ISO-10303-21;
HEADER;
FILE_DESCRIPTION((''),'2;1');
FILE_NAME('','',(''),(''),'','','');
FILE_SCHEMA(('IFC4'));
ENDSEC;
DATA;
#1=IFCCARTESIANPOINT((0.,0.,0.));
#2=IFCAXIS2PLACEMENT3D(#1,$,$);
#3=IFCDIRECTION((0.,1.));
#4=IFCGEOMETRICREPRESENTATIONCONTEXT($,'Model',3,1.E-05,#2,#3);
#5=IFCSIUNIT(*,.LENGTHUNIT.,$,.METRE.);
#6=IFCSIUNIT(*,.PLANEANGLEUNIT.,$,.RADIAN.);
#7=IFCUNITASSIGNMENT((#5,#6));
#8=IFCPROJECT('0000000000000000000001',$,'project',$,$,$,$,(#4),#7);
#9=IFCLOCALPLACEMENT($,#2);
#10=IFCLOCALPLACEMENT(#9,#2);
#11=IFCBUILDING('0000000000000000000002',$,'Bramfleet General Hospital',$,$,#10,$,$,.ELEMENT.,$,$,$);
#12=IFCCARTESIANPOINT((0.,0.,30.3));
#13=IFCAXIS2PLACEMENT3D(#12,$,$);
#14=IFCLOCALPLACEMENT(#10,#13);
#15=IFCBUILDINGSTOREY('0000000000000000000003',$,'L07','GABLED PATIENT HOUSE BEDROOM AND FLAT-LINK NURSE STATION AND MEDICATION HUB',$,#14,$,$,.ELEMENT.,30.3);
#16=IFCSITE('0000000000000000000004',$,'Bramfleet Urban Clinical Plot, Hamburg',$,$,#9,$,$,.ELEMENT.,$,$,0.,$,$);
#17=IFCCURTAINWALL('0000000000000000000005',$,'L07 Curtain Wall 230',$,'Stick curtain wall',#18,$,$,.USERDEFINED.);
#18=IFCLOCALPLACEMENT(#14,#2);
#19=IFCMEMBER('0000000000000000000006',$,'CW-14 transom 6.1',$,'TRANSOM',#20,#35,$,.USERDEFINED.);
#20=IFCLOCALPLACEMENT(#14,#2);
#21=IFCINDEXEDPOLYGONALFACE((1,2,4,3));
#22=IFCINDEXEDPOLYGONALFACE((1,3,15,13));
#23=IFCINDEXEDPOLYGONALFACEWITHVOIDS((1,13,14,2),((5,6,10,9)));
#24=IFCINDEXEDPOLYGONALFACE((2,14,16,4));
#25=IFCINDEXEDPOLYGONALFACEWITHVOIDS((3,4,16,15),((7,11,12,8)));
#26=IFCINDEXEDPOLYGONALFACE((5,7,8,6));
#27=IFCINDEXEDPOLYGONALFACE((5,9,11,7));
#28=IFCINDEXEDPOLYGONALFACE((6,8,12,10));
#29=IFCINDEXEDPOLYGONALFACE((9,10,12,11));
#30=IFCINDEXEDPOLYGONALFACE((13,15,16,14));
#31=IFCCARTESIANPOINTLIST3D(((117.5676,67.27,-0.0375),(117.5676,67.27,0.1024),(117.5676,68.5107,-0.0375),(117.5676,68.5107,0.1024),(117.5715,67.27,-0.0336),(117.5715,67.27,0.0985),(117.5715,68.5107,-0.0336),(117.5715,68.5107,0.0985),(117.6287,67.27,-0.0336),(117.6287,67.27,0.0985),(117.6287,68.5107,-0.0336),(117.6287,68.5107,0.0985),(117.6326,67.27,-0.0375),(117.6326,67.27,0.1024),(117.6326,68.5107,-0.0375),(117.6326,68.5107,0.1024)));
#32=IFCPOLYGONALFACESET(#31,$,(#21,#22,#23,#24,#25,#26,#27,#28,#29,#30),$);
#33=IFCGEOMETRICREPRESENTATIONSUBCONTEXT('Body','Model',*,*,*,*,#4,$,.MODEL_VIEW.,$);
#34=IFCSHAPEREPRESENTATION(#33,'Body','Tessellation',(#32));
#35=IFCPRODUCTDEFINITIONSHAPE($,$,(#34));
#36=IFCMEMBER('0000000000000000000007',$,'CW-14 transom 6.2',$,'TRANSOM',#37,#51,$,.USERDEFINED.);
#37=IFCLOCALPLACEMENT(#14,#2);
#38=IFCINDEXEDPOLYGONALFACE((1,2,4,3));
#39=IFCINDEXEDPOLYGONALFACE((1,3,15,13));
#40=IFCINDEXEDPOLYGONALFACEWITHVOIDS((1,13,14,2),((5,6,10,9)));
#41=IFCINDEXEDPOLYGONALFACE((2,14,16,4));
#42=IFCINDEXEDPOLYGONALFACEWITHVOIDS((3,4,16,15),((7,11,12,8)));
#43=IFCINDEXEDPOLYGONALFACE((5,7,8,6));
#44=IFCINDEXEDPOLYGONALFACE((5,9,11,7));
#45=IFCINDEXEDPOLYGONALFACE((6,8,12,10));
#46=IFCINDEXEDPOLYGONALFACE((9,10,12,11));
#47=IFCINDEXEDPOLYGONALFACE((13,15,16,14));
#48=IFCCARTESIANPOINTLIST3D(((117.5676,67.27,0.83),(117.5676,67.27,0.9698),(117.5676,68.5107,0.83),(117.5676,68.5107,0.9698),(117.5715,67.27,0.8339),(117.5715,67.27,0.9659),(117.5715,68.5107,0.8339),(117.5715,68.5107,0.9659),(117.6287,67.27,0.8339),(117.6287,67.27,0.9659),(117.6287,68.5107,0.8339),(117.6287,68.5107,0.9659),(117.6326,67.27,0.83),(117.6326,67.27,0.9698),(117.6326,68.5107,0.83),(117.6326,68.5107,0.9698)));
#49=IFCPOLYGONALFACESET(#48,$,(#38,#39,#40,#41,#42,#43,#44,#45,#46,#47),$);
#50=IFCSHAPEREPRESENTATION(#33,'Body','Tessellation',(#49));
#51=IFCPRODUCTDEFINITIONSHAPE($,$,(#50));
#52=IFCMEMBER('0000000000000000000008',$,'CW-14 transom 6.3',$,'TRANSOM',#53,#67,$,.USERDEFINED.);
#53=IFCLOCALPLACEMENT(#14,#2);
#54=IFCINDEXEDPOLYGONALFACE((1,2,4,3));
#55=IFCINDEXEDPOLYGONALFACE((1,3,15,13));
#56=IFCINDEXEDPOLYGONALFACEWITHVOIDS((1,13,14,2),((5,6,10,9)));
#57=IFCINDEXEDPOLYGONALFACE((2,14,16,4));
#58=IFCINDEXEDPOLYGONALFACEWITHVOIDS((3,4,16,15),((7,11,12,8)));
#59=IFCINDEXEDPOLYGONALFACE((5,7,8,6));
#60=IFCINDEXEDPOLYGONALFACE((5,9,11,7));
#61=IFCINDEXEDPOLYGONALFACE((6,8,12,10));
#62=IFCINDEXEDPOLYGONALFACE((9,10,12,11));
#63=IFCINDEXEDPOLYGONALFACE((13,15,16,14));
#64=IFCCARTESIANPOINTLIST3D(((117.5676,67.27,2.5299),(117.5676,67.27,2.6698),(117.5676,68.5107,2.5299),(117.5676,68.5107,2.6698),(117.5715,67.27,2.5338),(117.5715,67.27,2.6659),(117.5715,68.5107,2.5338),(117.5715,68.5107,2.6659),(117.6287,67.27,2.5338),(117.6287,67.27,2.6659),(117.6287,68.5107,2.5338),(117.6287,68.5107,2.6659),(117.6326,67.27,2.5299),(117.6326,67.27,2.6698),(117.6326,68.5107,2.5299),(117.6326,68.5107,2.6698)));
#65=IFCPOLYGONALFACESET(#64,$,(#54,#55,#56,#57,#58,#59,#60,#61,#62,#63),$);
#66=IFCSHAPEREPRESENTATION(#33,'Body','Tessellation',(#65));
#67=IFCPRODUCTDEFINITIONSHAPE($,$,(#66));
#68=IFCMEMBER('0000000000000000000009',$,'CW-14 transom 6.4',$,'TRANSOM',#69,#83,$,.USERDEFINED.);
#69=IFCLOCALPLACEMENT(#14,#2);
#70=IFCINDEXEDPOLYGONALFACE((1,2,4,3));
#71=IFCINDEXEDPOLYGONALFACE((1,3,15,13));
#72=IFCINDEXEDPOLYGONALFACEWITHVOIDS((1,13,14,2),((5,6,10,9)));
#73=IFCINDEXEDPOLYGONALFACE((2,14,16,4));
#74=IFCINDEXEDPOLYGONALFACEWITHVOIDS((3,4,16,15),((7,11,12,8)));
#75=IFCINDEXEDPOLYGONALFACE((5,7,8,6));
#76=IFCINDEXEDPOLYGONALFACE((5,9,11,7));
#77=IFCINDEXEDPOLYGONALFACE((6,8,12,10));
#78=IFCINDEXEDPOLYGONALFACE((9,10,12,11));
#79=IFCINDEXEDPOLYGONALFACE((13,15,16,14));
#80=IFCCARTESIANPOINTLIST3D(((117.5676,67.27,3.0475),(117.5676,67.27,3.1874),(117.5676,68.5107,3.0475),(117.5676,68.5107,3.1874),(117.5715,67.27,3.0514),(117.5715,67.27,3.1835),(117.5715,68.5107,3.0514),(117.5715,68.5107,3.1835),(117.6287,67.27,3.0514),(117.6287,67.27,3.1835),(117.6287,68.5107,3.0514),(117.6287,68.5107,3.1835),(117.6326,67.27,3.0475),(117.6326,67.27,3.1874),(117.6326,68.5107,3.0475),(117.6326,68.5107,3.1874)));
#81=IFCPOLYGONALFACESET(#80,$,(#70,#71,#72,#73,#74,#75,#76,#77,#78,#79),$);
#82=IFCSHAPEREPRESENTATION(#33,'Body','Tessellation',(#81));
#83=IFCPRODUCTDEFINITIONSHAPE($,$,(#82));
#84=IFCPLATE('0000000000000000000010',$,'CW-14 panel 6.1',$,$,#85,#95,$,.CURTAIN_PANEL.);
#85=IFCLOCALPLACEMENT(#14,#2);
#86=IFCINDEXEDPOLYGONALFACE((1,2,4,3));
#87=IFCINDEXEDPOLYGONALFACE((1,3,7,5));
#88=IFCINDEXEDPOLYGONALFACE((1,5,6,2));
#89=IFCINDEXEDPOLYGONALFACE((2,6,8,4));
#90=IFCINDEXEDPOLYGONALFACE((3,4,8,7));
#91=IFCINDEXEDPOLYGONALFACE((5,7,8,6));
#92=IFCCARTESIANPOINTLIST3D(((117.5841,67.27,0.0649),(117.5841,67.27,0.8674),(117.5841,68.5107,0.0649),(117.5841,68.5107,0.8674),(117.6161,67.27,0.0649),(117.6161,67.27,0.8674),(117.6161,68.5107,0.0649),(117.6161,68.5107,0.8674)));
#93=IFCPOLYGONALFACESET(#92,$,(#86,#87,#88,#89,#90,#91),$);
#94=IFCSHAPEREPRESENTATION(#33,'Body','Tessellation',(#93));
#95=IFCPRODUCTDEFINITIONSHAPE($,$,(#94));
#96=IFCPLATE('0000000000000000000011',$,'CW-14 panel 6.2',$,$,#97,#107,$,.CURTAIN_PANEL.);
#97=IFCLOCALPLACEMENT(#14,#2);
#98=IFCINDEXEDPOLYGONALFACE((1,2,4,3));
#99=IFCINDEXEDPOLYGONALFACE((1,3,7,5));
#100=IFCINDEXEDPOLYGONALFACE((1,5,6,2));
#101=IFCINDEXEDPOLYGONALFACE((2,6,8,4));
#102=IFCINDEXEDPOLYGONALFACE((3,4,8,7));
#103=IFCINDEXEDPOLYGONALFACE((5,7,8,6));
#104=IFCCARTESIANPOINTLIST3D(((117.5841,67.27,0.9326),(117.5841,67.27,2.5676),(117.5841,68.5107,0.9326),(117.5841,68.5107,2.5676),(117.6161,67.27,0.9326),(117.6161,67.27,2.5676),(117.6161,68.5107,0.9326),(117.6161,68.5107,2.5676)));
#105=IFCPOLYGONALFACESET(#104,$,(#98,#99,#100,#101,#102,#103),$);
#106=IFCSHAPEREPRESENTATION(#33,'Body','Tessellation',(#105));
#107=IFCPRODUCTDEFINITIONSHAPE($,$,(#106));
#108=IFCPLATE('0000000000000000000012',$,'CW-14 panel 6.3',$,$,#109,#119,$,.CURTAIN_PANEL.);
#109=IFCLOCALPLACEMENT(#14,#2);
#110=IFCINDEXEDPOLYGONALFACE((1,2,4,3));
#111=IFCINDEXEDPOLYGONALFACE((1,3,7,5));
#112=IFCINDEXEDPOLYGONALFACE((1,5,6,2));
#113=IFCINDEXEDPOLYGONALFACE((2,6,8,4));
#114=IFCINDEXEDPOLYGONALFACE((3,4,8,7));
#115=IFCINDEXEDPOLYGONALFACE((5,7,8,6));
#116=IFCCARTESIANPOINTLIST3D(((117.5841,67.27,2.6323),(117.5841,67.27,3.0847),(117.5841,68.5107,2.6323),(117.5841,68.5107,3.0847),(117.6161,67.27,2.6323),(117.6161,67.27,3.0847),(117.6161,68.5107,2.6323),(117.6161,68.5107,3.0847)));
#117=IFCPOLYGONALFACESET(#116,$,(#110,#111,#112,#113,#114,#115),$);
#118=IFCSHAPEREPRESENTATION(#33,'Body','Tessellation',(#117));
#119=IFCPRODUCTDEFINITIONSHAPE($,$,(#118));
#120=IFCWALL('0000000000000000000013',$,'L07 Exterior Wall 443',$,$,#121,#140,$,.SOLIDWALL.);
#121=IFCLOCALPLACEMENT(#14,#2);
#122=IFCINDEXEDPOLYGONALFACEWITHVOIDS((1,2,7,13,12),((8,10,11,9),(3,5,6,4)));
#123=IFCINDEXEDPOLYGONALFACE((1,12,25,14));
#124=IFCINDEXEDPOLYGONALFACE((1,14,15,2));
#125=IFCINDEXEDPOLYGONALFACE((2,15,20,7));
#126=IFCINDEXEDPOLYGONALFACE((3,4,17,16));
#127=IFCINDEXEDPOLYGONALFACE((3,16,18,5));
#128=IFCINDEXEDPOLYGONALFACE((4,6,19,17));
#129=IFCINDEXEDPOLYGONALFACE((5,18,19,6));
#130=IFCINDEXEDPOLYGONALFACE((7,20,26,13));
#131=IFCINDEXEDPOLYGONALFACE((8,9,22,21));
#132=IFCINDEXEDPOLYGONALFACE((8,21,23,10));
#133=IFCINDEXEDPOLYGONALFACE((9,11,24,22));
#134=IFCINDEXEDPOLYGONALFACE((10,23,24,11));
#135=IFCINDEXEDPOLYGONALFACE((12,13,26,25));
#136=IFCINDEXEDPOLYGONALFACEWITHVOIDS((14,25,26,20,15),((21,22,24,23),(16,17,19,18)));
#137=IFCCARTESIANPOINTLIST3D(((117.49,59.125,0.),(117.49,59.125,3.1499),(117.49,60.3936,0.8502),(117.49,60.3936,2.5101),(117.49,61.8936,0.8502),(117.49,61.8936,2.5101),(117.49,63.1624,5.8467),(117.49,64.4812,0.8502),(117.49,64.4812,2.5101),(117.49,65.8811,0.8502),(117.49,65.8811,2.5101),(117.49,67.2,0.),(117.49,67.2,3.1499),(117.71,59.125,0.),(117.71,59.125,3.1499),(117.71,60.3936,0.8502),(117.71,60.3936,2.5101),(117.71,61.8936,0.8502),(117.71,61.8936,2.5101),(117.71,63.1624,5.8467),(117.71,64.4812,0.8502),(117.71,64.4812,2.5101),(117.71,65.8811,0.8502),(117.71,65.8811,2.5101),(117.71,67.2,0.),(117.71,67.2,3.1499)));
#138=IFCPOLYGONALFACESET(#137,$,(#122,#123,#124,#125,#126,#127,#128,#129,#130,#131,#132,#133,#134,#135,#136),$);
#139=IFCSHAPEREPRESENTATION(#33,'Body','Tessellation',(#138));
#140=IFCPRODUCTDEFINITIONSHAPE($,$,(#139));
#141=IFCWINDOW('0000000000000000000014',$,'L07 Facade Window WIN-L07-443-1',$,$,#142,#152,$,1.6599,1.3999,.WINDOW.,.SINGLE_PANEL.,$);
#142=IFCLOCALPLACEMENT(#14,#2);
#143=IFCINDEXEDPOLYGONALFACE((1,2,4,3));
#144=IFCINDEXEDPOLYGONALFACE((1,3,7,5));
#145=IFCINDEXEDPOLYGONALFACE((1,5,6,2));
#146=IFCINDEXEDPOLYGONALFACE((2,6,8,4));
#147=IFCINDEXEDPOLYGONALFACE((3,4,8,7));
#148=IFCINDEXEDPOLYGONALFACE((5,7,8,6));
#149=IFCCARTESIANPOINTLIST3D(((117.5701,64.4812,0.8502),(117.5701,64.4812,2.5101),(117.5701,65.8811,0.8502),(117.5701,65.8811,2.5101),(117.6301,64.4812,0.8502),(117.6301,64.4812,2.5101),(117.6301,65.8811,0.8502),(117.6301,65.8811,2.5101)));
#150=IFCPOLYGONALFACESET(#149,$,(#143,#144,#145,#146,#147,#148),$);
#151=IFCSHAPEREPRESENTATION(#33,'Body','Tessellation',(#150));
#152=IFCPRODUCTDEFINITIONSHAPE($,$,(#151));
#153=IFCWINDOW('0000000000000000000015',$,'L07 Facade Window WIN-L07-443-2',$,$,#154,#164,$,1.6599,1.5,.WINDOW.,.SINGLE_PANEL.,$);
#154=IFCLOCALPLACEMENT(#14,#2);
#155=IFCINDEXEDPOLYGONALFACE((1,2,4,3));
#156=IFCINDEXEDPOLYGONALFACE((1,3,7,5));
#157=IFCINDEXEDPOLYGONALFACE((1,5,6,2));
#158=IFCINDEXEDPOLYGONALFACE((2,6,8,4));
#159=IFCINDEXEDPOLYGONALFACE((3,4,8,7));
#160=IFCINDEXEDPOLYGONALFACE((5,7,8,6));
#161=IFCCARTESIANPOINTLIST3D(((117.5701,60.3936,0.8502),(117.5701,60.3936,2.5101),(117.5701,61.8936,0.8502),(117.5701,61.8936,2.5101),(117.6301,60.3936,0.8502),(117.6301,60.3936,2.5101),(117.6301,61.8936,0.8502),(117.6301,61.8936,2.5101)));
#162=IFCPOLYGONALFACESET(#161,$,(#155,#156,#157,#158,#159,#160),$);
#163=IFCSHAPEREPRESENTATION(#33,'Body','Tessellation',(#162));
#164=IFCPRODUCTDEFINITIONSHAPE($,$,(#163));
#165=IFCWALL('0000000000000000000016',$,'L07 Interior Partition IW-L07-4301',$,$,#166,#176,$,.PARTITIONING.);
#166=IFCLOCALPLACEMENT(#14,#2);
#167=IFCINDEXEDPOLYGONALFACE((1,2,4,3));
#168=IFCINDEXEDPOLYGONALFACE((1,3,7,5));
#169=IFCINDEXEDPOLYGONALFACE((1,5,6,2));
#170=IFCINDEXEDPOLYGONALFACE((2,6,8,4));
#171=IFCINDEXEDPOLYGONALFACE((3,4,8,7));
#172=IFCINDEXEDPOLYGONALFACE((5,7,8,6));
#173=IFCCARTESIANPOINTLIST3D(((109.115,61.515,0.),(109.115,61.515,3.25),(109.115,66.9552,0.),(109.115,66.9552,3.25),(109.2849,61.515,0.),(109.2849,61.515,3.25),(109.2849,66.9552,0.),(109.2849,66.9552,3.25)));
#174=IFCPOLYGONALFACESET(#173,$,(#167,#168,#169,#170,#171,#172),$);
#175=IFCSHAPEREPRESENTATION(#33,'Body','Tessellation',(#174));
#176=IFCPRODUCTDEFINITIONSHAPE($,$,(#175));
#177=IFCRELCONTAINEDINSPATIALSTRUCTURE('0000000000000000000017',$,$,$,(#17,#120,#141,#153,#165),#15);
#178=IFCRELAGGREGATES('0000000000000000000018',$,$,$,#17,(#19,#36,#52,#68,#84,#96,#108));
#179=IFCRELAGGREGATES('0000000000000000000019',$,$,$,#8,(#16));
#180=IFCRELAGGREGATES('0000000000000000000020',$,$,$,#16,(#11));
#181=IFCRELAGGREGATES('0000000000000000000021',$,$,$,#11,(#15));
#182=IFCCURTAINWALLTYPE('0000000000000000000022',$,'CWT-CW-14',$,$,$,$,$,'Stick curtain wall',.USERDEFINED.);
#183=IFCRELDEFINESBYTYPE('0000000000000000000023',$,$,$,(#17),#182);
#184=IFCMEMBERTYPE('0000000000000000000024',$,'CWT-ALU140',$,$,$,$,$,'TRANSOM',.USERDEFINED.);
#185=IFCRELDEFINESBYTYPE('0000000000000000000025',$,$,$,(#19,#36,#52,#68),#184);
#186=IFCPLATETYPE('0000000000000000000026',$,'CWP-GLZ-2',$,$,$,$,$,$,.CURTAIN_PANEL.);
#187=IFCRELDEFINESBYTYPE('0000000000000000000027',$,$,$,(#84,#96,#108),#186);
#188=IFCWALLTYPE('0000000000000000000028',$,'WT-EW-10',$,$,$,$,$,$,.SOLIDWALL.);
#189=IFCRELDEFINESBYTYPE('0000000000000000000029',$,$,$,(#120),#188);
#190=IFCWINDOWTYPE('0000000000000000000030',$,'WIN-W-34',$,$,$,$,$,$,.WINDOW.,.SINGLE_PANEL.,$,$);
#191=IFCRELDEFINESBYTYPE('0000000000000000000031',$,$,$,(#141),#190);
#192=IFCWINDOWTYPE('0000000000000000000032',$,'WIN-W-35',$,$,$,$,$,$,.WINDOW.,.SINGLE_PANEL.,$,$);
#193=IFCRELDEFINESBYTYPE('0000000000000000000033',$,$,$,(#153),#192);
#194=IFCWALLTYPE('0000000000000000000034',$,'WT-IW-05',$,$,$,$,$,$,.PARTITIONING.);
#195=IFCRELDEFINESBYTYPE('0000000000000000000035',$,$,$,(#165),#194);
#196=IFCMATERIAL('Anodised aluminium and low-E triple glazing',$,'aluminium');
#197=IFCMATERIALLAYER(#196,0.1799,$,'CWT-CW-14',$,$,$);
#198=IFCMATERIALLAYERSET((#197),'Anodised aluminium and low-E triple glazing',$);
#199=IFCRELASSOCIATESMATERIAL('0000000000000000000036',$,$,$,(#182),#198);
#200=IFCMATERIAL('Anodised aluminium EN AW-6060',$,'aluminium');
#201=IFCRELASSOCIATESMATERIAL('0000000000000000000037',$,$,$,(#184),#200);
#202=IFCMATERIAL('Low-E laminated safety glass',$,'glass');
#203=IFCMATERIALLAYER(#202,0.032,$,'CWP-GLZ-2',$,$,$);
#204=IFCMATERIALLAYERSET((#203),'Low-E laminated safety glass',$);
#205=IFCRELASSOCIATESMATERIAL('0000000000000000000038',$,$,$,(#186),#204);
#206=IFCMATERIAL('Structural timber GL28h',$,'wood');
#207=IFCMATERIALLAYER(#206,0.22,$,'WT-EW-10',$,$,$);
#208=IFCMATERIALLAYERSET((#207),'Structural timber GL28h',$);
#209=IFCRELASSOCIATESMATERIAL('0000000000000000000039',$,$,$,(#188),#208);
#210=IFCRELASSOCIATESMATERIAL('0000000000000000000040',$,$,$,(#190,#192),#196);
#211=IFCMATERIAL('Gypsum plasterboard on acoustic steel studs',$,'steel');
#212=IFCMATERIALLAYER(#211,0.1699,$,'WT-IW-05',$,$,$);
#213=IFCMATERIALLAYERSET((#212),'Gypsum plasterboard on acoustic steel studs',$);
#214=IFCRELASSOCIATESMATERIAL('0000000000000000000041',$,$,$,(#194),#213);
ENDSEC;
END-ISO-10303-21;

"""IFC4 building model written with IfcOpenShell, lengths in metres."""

from ifc_helpers import new_model, si_unit, direction, frame, frame_2d, origin, origin_2d, place, context, subcontext, project, spatial, polyline, rectangle, hollow_rectangle, outline, extrude, material, layer, layer_set, material_profile, profile_set, type_object, element, fill, aggregate, save


model = new_model("IFC4")

# Units and contexts
model_context = context("Model", 3, precision=1e-05, world=origin(), true_north=direction((0.0, 1.0)))
body_context = subcontext(model_context, "Body", "Model", "MODEL_VIEW")
ifc_project = project(units=[si_unit("LENGTHUNIT", "METRE"), si_unit("PLANEANGLEUNIT", "RADIAN")], contexts=[model_context])

# Site, building, storey
site_placement = place(None, origin())
site = spatial("IfcSite", under=ifc_project, at=site_placement, Name="Bramfleet Urban Clinical Plot, Hamburg", CompositionType="ELEMENT", RefElevation=0.0)
building_placement = place(site_placement, origin())
building = spatial("IfcBuilding", under=site, at=building_placement, Name="Bramfleet General Hospital", CompositionType="ELEMENT")
storey_placement = place(building_placement, frame((0.0, 0.0, 30.3)))
storey = spatial("IfcBuildingStorey", under=building, at=storey_placement, Name="L07", Description="GABLED PATIENT HOUSE BEDROOM AND FLAT-LINK NURSE STATION AND MEDICATION HUB", CompositionType="ELEMENT", Elevation=30.3)

# Curtain wall, members, plates
ifc_material_1 = material(Name="Anodised aluminium and low-E triple glazing", Category="aluminium")
ifc_layer_1 = layer(ifc_material_1, 0.1799, Name="CWT-CW-14")
ifc_layer_set_1 = layer_set([ifc_layer_1], Name="Anodised aluminium and low-E triple glazing")
curtain_wall_type = type_object("IfcCurtainWallType", Name="CWT-CW-14", ElementType="Stick curtain wall", PredefinedType="USERDEFINED", material=ifc_layer_set_1)
curtain_wall_placement = place(storey_placement, origin())
curtain_wall = element("IfcCurtainWall", 1, at=curtain_wall_placement, inside=storey, type_object=curtain_wall_type, Name="L07 Curtain Wall 230", ObjectType="Stick curtain wall", PredefinedType="USERDEFINED")
ifc_material_2 = material(Name="Anodised aluminium EN AW-6060", Category="aluminium")
ifc_material_profile_1 = material_profile(ifc_material_2, hollow_rectangle(XDim=0.0649, YDim=0.1399, WallThickness=0.0039, at=origin_2d()), Name="ALU 140x65x4.0")
ifc_profile_set_1 = profile_set([ifc_material_profile_1], Name="Anodised aluminium EN AW-6060")
member_type_1 = type_object("IfcMemberType", Name="CWT-ALU140", ElementType="TRANSOM", PredefinedType="USERDEFINED", material=ifc_profile_set_1)
member_1_placement = place(storey_placement, frame((117.6001, 68.5107, 0.0325), z_axis=(0.0, -1.0, 0.0), x_axis=(1.0, 0.0, 0.0)))
member_1 = element("IfcMember", 2, at=member_1_placement, type_object=member_type_1, Name="CW-14 transom 6.1", ObjectType="TRANSOM", PredefinedType="USERDEFINED", context=body_context, shape_type="SweptSolid", body=[
    extrude(hollow_rectangle(XDim=0.0649, YDim=0.1399, WallThickness=0.0039, at=origin_2d()), origin(), (0.0, 0.0, 1.0), 1.2407),
])
member_2_placement = place(storey_placement, frame((117.6001, 68.5107, 0.8999), z_axis=(0.0, -1.0, 0.0), x_axis=(1.0, 0.0, 0.0)))
member_2 = element("IfcMember", 3, at=member_2_placement, type_object=member_type_1, Name="CW-14 transom 6.2", ObjectType="TRANSOM", PredefinedType="USERDEFINED", context=body_context, shape_type="SweptSolid", body=[
    extrude(hollow_rectangle(XDim=0.0649, YDim=0.1399, WallThickness=0.0039, at=origin_2d()), origin(), (0.0, 0.0, 1.0), 1.2407),
])
member_3_placement = place(storey_placement, frame((117.6001, 68.5107, 2.5999), z_axis=(0.0, -1.0, 0.0), x_axis=(1.0, 0.0, 0.0)))
member_3 = element("IfcMember", 4, at=member_3_placement, type_object=member_type_1, Name="CW-14 transom 6.3", ObjectType="TRANSOM", PredefinedType="USERDEFINED", context=body_context, shape_type="SweptSolid", body=[
    extrude(hollow_rectangle(XDim=0.0649, YDim=0.1399, WallThickness=0.0039, at=origin_2d()), origin(), (0.0, 0.0, 1.0), 1.2407),
])
member_4_placement = place(storey_placement, frame((117.6001, 68.5107, 3.1174), z_axis=(0.0, -1.0, 0.0), x_axis=(1.0, 0.0, 0.0)))
member_4 = element("IfcMember", 5, at=member_4_placement, type_object=member_type_1, Name="CW-14 transom 6.4", ObjectType="TRANSOM", PredefinedType="USERDEFINED", context=body_context, shape_type="SweptSolid", body=[
    extrude(hollow_rectangle(XDim=0.0649, YDim=0.1399, WallThickness=0.0039, at=origin_2d()), origin(), (0.0, 0.0, 1.0), 1.2407),
])
ifc_material_3 = material(Name="Low-E laminated safety glass", Category="glass")
ifc_layer_2 = layer(ifc_material_3, 0.032, Name="CWP-GLZ-2")
ifc_layer_set_2 = layer_set([ifc_layer_2], Name="Low-E laminated safety glass")
plate_type = type_object("IfcPlateType", Name="CWP-GLZ-2", PredefinedType="CURTAIN_PANEL", material=ifc_layer_set_2)
plate_1_placement = place(storey_placement, frame((117.6001, 67.8904, 0.0649), z_axis=(0.0, 0.0, 1.0), x_axis=(0.0, -1.0, 0.0)))
plate_1 = element("IfcPlate", 6, at=plate_1_placement, type_object=plate_type, Name="CW-14 panel 6.1", PredefinedType="CURTAIN_PANEL", context=body_context, shape_type="SweptSolid", body=[
    extrude(rectangle(XDim=1.2407, YDim=0.032, at=origin_2d()), origin(), (0.0, 0.0, 1.0), 0.8025),
])
plate_2_placement = place(storey_placement, frame((117.6001, 67.8904, 0.9326), z_axis=(0.0, 0.0, 1.0), x_axis=(0.0, -1.0, 0.0)))
plate_2 = element("IfcPlate", 7, at=plate_2_placement, type_object=plate_type, Name="CW-14 panel 6.2", PredefinedType="CURTAIN_PANEL", context=body_context, shape_type="SweptSolid", body=[
    extrude(rectangle(XDim=1.2407, YDim=0.032, at=origin_2d()), origin(), (0.0, 0.0, 1.0), 1.635),
])
plate_3_placement = place(storey_placement, frame((117.6001, 67.8904, 2.6323), z_axis=(0.0, 0.0, 1.0), x_axis=(0.0, -1.0, 0.0)))
plate_3 = element("IfcPlate", 8, at=plate_3_placement, type_object=plate_type, Name="CW-14 panel 6.3", PredefinedType="CURTAIN_PANEL", context=body_context, shape_type="SweptSolid", body=[
    extrude(rectangle(XDim=1.2407, YDim=0.032, at=origin_2d()), origin(), (0.0, 0.0, 1.0), 0.4524),
])
aggregate(curtain_wall, [member_1, member_2, member_3, member_4, plate_1, plate_2, plate_3])

# Wall, openings, windows
ifc_material_4 = material(Name="Structural timber GL28h", Category="wood")
ifc_layer_3 = layer(ifc_material_4, 0.22, Name="WT-EW-10")
ifc_layer_set_3 = layer_set([ifc_layer_3], Name="Structural timber GL28h")
wall_type_1 = type_object("IfcWallType", Name="WT-EW-10", PredefinedType="SOLIDWALL", material=ifc_layer_set_3)
wall_1_placement = place(storey_placement, frame((117.6001, 67.2, 0.0), z_axis=(0.0, 0.0, 1.0), x_axis=(0.0, -1.0, 0.0)))
wall_1 = element("IfcWall", 9, at=wall_1_placement, inside=storey, type_object=wall_type_1, Name="L07 Exterior Wall 443", PredefinedType="SOLIDWALL", context=body_context, shape_type="SweptSolid", body=[
    extrude(outline(polyline([(0.0, 0.0), (8.075, 0.0), (8.075, 3.1499), (4.0376, 5.8467), (0.0, 3.1499), (0.0, 0.0)])), frame((0.0, 0.1099, 0.0), z_axis=(0.0, -1.0, 0.0), x_axis=(1.0, 0.0, 0.0)), (0.0, 0.0, 1.0), 0.22),
])
opening_1_placement = place(wall_1_placement, frame((1.3188, 0.0, 0.8501)))
opening_1 = element("IfcOpeningElement", 10, at=opening_1_placement, cuts=wall_1, PredefinedType="OPENING", context=body_context, shape_type="SweptSolid", body=[
    extrude(rectangle(XDim=1.3999, YDim=1.6599, at=frame_2d((0.7, 0.8301))), frame((0.0, 0.1199, 0.0), z_axis=(0.0, -1.0, 0.0), x_axis=(1.0, 0.0, 0.0)), (0.0, 0.0, 1.0), 0.24),
])
opening_2_placement = place(wall_1_placement, frame((5.3064, 0.0, 0.8501)))
opening_2 = element("IfcOpeningElement", 11, at=opening_2_placement, cuts=wall_1, PredefinedType="OPENING", context=body_context, shape_type="SweptSolid", body=[
    extrude(rectangle(XDim=1.5, YDim=1.6599, at=frame_2d((0.75, 0.8301))), frame((0.0, 0.1199, 0.0), z_axis=(0.0, -1.0, 0.0), x_axis=(1.0, 0.0, 0.0)), (0.0, 0.0, 1.0), 0.24),
])
window_type_1 = type_object("IfcWindowType", Name="WIN-W-34", PartitioningType="SINGLE_PANEL", PredefinedType="WINDOW", material=ifc_material_1)
window_1_placement = place(opening_1_placement, origin())
window_1 = element("IfcWindow", 12, at=window_1_placement, inside=storey, type_object=window_type_1, Name="L07 Facade Window WIN-L07-443-1", OverallHeight=1.6599, OverallWidth=1.3999, PartitioningType="SINGLE_PANEL", PredefinedType="WINDOW", context=body_context, shape_type="SweptSolid", body=[
    extrude(rectangle(XDim=1.3999, YDim=1.6599, at=frame_2d((0.7, 0.8301))), frame((0.0, 0.03, 0.0), z_axis=(0.0, -1.0, 0.0), x_axis=(1.0, 0.0, 0.0)), (0.0, 0.0, 1.0), 0.0601),
])
fill(opening_1, window_1)
window_type_2 = type_object("IfcWindowType", Name="WIN-W-35", PartitioningType="SINGLE_PANEL", PredefinedType="WINDOW", material=ifc_material_1)
window_2_placement = place(opening_2_placement, origin())
window_2 = element("IfcWindow", 13, at=window_2_placement, inside=storey, type_object=window_type_2, Name="L07 Facade Window WIN-L07-443-2", OverallHeight=1.6599, OverallWidth=1.5, PartitioningType="SINGLE_PANEL", PredefinedType="WINDOW", context=body_context, shape_type="SweptSolid", body=[
    extrude(rectangle(XDim=1.5, YDim=1.6599, at=frame_2d((0.75, 0.8301))), frame((0.0, 0.03, 0.0), z_axis=(0.0, -1.0, 0.0), x_axis=(1.0, 0.0, 0.0)), (0.0, 0.0, 1.0), 0.0601),
])
fill(opening_2, window_2)

# Wall
ifc_material_5 = material(Name="Gypsum plasterboard on acoustic steel studs", Category="steel")
ifc_layer_4 = layer(ifc_material_5, 0.1699, Name="WT-IW-05")
ifc_layer_set_4 = layer_set([ifc_layer_4], Name="Gypsum plasterboard on acoustic steel studs")
wall_type_2 = type_object("IfcWallType", Name="WT-IW-05", PredefinedType="PARTITIONING", material=ifc_layer_set_4)
wall_2_placement = place(storey_placement, frame((109.2, 61.5149, 0.0), z_axis=(0.0, 0.0, 1.0), x_axis=(0.0, 1.0, 0.0)))
element("IfcWall", 14, at=wall_2_placement, inside=storey, type_object=wall_type_2, Name="L07 Interior Partition IW-L07-4301", PredefinedType="PARTITIONING", context=body_context, shape_type="SweptSolid", body=[
    extrude(rectangle(XDim=5.4402, YDim=0.1699, at=frame_2d((2.7202, 0.0))), origin(), (0.0, 0.0, 1.0), 3.25),
])

save(model, "model.ifc")
